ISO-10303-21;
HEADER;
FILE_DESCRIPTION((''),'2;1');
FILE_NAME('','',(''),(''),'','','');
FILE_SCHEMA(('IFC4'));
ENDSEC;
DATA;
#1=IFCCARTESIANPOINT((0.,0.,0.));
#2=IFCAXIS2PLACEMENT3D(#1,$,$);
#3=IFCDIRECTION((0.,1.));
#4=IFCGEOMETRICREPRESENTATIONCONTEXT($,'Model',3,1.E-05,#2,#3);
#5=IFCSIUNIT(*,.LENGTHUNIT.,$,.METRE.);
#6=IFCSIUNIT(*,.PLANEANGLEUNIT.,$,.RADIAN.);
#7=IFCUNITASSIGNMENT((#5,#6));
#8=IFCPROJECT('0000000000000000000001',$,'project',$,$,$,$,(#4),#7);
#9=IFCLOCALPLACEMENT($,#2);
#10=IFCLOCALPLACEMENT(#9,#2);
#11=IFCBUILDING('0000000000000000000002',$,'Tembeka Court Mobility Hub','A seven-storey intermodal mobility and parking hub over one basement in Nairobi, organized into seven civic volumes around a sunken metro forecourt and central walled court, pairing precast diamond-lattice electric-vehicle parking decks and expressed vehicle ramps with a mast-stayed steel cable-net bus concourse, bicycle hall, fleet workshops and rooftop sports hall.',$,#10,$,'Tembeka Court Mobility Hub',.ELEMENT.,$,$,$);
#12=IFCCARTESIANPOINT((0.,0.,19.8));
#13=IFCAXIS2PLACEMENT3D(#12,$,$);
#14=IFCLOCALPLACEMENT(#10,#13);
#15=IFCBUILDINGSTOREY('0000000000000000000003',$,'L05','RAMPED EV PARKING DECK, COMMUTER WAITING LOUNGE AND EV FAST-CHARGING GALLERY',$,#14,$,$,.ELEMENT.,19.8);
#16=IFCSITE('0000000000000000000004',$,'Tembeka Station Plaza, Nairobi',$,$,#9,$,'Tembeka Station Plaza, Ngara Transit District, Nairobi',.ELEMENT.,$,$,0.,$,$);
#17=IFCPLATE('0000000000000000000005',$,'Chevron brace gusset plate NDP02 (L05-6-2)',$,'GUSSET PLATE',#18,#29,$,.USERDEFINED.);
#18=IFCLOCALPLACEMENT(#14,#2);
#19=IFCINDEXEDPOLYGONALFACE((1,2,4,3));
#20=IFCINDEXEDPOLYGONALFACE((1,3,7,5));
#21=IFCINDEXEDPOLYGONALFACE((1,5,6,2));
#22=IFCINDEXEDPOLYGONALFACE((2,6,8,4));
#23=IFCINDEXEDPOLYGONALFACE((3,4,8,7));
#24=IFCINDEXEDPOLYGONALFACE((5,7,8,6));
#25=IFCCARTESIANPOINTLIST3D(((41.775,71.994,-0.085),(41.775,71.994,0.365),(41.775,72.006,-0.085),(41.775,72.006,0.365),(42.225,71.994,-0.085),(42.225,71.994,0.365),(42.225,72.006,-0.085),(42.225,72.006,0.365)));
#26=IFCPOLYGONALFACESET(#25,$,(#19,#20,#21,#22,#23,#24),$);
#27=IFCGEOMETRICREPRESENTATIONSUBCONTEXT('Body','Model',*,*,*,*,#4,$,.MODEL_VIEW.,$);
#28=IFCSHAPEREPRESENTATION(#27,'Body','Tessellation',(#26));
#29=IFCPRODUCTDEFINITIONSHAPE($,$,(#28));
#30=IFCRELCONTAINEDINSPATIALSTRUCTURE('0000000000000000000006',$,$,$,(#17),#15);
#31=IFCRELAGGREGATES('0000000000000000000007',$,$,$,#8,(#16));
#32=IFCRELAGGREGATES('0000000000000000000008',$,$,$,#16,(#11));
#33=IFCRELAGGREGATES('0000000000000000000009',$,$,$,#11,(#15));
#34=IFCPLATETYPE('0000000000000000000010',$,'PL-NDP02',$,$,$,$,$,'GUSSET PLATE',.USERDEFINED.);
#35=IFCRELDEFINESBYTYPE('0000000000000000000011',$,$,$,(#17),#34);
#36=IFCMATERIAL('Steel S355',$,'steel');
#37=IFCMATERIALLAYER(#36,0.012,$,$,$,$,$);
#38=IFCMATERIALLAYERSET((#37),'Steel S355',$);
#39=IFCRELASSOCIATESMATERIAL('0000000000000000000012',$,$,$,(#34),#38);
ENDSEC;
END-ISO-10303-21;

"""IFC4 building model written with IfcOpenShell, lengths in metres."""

from ifc_helpers import new_model, si_unit, direction, frame, origin, origin_2d, place, context, subcontext, project, spatial, rectangle, extrude, material, layer, layer_set, type_object, element, save


model = new_model("IFC4")

# Units and contexts
model_context = context("Model", 3, precision=1e-05, world=origin(), true_north=direction((0.0, 1.0)))
body_context = subcontext(model_context, "Body", "Model", "MODEL_VIEW")
ifc_project = project(units=[si_unit("LENGTHUNIT", "METRE"), si_unit("PLANEANGLEUNIT", "RADIAN")], contexts=[model_context])

# Site, building, storey
site_placement = place(None, origin())
site = spatial("IfcSite", under=ifc_project, at=site_placement, Name="Tembeka Station Plaza, Nairobi", LongName="Tembeka Station Plaza, Ngara Transit District, Nairobi", CompositionType="ELEMENT", RefElevation=0.0)
building_placement = place(site_placement, origin())
building = spatial("IfcBuilding", under=site, at=building_placement, Name="Tembeka Court Mobility Hub", Description="A seven-storey intermodal mobility and parking hub over one basement in Nairobi, organized into seven civic volumes around a sunken metro forecourt and central walled court, pairing precast diamond-lattice electric-vehicle parking decks and expressed vehicle ramps with a mast-stayed steel cable-net bus concourse, bicycle hall, fleet workshops and rooftop sports hall.", LongName="Tembeka Court Mobility Hub", CompositionType="ELEMENT")
storey_placement = place(building_placement, frame((0.0, 0.0, 19.8)))
storey = spatial("IfcBuildingStorey", under=building, at=storey_placement, Name="L05", Description="RAMPED EV PARKING DECK, COMMUTER WAITING LOUNGE AND EV FAST-CHARGING GALLERY", CompositionType="ELEMENT", Elevation=19.8)

# Shared definitions
ifc_material = material(Name="Steel S355", Category="steel")

# Plate
ifc_layer = layer(ifc_material, 0.012)
ifc_layer_set = layer_set([ifc_layer], Name="Steel S355")
plate_type = type_object("IfcPlateType", Name="PL-NDP02", ElementType="GUSSET PLATE", PredefinedType="USERDEFINED", material=ifc_layer_set)
plate_placement = place(storey_placement, frame((42.0, 72.0, -0.085), z_axis=(0.0, 0.0, 1.0), x_axis=(1.0, 0.0, 0.0)))
element("IfcPlate", 1, at=plate_placement, inside=storey, type_object=plate_type, Name="Chevron brace gusset plate NDP02 (L05-6-2)", ObjectType="GUSSET PLATE", PredefinedType="USERDEFINED", context=body_context, shape_type="SweptSolid", body=[
    extrude(rectangle(XDim=0.45, YDim=0.012, at=origin_2d()), origin(), (0.0, 0.0, 1.0), 0.45),
])

save(model, "model.ifc")
